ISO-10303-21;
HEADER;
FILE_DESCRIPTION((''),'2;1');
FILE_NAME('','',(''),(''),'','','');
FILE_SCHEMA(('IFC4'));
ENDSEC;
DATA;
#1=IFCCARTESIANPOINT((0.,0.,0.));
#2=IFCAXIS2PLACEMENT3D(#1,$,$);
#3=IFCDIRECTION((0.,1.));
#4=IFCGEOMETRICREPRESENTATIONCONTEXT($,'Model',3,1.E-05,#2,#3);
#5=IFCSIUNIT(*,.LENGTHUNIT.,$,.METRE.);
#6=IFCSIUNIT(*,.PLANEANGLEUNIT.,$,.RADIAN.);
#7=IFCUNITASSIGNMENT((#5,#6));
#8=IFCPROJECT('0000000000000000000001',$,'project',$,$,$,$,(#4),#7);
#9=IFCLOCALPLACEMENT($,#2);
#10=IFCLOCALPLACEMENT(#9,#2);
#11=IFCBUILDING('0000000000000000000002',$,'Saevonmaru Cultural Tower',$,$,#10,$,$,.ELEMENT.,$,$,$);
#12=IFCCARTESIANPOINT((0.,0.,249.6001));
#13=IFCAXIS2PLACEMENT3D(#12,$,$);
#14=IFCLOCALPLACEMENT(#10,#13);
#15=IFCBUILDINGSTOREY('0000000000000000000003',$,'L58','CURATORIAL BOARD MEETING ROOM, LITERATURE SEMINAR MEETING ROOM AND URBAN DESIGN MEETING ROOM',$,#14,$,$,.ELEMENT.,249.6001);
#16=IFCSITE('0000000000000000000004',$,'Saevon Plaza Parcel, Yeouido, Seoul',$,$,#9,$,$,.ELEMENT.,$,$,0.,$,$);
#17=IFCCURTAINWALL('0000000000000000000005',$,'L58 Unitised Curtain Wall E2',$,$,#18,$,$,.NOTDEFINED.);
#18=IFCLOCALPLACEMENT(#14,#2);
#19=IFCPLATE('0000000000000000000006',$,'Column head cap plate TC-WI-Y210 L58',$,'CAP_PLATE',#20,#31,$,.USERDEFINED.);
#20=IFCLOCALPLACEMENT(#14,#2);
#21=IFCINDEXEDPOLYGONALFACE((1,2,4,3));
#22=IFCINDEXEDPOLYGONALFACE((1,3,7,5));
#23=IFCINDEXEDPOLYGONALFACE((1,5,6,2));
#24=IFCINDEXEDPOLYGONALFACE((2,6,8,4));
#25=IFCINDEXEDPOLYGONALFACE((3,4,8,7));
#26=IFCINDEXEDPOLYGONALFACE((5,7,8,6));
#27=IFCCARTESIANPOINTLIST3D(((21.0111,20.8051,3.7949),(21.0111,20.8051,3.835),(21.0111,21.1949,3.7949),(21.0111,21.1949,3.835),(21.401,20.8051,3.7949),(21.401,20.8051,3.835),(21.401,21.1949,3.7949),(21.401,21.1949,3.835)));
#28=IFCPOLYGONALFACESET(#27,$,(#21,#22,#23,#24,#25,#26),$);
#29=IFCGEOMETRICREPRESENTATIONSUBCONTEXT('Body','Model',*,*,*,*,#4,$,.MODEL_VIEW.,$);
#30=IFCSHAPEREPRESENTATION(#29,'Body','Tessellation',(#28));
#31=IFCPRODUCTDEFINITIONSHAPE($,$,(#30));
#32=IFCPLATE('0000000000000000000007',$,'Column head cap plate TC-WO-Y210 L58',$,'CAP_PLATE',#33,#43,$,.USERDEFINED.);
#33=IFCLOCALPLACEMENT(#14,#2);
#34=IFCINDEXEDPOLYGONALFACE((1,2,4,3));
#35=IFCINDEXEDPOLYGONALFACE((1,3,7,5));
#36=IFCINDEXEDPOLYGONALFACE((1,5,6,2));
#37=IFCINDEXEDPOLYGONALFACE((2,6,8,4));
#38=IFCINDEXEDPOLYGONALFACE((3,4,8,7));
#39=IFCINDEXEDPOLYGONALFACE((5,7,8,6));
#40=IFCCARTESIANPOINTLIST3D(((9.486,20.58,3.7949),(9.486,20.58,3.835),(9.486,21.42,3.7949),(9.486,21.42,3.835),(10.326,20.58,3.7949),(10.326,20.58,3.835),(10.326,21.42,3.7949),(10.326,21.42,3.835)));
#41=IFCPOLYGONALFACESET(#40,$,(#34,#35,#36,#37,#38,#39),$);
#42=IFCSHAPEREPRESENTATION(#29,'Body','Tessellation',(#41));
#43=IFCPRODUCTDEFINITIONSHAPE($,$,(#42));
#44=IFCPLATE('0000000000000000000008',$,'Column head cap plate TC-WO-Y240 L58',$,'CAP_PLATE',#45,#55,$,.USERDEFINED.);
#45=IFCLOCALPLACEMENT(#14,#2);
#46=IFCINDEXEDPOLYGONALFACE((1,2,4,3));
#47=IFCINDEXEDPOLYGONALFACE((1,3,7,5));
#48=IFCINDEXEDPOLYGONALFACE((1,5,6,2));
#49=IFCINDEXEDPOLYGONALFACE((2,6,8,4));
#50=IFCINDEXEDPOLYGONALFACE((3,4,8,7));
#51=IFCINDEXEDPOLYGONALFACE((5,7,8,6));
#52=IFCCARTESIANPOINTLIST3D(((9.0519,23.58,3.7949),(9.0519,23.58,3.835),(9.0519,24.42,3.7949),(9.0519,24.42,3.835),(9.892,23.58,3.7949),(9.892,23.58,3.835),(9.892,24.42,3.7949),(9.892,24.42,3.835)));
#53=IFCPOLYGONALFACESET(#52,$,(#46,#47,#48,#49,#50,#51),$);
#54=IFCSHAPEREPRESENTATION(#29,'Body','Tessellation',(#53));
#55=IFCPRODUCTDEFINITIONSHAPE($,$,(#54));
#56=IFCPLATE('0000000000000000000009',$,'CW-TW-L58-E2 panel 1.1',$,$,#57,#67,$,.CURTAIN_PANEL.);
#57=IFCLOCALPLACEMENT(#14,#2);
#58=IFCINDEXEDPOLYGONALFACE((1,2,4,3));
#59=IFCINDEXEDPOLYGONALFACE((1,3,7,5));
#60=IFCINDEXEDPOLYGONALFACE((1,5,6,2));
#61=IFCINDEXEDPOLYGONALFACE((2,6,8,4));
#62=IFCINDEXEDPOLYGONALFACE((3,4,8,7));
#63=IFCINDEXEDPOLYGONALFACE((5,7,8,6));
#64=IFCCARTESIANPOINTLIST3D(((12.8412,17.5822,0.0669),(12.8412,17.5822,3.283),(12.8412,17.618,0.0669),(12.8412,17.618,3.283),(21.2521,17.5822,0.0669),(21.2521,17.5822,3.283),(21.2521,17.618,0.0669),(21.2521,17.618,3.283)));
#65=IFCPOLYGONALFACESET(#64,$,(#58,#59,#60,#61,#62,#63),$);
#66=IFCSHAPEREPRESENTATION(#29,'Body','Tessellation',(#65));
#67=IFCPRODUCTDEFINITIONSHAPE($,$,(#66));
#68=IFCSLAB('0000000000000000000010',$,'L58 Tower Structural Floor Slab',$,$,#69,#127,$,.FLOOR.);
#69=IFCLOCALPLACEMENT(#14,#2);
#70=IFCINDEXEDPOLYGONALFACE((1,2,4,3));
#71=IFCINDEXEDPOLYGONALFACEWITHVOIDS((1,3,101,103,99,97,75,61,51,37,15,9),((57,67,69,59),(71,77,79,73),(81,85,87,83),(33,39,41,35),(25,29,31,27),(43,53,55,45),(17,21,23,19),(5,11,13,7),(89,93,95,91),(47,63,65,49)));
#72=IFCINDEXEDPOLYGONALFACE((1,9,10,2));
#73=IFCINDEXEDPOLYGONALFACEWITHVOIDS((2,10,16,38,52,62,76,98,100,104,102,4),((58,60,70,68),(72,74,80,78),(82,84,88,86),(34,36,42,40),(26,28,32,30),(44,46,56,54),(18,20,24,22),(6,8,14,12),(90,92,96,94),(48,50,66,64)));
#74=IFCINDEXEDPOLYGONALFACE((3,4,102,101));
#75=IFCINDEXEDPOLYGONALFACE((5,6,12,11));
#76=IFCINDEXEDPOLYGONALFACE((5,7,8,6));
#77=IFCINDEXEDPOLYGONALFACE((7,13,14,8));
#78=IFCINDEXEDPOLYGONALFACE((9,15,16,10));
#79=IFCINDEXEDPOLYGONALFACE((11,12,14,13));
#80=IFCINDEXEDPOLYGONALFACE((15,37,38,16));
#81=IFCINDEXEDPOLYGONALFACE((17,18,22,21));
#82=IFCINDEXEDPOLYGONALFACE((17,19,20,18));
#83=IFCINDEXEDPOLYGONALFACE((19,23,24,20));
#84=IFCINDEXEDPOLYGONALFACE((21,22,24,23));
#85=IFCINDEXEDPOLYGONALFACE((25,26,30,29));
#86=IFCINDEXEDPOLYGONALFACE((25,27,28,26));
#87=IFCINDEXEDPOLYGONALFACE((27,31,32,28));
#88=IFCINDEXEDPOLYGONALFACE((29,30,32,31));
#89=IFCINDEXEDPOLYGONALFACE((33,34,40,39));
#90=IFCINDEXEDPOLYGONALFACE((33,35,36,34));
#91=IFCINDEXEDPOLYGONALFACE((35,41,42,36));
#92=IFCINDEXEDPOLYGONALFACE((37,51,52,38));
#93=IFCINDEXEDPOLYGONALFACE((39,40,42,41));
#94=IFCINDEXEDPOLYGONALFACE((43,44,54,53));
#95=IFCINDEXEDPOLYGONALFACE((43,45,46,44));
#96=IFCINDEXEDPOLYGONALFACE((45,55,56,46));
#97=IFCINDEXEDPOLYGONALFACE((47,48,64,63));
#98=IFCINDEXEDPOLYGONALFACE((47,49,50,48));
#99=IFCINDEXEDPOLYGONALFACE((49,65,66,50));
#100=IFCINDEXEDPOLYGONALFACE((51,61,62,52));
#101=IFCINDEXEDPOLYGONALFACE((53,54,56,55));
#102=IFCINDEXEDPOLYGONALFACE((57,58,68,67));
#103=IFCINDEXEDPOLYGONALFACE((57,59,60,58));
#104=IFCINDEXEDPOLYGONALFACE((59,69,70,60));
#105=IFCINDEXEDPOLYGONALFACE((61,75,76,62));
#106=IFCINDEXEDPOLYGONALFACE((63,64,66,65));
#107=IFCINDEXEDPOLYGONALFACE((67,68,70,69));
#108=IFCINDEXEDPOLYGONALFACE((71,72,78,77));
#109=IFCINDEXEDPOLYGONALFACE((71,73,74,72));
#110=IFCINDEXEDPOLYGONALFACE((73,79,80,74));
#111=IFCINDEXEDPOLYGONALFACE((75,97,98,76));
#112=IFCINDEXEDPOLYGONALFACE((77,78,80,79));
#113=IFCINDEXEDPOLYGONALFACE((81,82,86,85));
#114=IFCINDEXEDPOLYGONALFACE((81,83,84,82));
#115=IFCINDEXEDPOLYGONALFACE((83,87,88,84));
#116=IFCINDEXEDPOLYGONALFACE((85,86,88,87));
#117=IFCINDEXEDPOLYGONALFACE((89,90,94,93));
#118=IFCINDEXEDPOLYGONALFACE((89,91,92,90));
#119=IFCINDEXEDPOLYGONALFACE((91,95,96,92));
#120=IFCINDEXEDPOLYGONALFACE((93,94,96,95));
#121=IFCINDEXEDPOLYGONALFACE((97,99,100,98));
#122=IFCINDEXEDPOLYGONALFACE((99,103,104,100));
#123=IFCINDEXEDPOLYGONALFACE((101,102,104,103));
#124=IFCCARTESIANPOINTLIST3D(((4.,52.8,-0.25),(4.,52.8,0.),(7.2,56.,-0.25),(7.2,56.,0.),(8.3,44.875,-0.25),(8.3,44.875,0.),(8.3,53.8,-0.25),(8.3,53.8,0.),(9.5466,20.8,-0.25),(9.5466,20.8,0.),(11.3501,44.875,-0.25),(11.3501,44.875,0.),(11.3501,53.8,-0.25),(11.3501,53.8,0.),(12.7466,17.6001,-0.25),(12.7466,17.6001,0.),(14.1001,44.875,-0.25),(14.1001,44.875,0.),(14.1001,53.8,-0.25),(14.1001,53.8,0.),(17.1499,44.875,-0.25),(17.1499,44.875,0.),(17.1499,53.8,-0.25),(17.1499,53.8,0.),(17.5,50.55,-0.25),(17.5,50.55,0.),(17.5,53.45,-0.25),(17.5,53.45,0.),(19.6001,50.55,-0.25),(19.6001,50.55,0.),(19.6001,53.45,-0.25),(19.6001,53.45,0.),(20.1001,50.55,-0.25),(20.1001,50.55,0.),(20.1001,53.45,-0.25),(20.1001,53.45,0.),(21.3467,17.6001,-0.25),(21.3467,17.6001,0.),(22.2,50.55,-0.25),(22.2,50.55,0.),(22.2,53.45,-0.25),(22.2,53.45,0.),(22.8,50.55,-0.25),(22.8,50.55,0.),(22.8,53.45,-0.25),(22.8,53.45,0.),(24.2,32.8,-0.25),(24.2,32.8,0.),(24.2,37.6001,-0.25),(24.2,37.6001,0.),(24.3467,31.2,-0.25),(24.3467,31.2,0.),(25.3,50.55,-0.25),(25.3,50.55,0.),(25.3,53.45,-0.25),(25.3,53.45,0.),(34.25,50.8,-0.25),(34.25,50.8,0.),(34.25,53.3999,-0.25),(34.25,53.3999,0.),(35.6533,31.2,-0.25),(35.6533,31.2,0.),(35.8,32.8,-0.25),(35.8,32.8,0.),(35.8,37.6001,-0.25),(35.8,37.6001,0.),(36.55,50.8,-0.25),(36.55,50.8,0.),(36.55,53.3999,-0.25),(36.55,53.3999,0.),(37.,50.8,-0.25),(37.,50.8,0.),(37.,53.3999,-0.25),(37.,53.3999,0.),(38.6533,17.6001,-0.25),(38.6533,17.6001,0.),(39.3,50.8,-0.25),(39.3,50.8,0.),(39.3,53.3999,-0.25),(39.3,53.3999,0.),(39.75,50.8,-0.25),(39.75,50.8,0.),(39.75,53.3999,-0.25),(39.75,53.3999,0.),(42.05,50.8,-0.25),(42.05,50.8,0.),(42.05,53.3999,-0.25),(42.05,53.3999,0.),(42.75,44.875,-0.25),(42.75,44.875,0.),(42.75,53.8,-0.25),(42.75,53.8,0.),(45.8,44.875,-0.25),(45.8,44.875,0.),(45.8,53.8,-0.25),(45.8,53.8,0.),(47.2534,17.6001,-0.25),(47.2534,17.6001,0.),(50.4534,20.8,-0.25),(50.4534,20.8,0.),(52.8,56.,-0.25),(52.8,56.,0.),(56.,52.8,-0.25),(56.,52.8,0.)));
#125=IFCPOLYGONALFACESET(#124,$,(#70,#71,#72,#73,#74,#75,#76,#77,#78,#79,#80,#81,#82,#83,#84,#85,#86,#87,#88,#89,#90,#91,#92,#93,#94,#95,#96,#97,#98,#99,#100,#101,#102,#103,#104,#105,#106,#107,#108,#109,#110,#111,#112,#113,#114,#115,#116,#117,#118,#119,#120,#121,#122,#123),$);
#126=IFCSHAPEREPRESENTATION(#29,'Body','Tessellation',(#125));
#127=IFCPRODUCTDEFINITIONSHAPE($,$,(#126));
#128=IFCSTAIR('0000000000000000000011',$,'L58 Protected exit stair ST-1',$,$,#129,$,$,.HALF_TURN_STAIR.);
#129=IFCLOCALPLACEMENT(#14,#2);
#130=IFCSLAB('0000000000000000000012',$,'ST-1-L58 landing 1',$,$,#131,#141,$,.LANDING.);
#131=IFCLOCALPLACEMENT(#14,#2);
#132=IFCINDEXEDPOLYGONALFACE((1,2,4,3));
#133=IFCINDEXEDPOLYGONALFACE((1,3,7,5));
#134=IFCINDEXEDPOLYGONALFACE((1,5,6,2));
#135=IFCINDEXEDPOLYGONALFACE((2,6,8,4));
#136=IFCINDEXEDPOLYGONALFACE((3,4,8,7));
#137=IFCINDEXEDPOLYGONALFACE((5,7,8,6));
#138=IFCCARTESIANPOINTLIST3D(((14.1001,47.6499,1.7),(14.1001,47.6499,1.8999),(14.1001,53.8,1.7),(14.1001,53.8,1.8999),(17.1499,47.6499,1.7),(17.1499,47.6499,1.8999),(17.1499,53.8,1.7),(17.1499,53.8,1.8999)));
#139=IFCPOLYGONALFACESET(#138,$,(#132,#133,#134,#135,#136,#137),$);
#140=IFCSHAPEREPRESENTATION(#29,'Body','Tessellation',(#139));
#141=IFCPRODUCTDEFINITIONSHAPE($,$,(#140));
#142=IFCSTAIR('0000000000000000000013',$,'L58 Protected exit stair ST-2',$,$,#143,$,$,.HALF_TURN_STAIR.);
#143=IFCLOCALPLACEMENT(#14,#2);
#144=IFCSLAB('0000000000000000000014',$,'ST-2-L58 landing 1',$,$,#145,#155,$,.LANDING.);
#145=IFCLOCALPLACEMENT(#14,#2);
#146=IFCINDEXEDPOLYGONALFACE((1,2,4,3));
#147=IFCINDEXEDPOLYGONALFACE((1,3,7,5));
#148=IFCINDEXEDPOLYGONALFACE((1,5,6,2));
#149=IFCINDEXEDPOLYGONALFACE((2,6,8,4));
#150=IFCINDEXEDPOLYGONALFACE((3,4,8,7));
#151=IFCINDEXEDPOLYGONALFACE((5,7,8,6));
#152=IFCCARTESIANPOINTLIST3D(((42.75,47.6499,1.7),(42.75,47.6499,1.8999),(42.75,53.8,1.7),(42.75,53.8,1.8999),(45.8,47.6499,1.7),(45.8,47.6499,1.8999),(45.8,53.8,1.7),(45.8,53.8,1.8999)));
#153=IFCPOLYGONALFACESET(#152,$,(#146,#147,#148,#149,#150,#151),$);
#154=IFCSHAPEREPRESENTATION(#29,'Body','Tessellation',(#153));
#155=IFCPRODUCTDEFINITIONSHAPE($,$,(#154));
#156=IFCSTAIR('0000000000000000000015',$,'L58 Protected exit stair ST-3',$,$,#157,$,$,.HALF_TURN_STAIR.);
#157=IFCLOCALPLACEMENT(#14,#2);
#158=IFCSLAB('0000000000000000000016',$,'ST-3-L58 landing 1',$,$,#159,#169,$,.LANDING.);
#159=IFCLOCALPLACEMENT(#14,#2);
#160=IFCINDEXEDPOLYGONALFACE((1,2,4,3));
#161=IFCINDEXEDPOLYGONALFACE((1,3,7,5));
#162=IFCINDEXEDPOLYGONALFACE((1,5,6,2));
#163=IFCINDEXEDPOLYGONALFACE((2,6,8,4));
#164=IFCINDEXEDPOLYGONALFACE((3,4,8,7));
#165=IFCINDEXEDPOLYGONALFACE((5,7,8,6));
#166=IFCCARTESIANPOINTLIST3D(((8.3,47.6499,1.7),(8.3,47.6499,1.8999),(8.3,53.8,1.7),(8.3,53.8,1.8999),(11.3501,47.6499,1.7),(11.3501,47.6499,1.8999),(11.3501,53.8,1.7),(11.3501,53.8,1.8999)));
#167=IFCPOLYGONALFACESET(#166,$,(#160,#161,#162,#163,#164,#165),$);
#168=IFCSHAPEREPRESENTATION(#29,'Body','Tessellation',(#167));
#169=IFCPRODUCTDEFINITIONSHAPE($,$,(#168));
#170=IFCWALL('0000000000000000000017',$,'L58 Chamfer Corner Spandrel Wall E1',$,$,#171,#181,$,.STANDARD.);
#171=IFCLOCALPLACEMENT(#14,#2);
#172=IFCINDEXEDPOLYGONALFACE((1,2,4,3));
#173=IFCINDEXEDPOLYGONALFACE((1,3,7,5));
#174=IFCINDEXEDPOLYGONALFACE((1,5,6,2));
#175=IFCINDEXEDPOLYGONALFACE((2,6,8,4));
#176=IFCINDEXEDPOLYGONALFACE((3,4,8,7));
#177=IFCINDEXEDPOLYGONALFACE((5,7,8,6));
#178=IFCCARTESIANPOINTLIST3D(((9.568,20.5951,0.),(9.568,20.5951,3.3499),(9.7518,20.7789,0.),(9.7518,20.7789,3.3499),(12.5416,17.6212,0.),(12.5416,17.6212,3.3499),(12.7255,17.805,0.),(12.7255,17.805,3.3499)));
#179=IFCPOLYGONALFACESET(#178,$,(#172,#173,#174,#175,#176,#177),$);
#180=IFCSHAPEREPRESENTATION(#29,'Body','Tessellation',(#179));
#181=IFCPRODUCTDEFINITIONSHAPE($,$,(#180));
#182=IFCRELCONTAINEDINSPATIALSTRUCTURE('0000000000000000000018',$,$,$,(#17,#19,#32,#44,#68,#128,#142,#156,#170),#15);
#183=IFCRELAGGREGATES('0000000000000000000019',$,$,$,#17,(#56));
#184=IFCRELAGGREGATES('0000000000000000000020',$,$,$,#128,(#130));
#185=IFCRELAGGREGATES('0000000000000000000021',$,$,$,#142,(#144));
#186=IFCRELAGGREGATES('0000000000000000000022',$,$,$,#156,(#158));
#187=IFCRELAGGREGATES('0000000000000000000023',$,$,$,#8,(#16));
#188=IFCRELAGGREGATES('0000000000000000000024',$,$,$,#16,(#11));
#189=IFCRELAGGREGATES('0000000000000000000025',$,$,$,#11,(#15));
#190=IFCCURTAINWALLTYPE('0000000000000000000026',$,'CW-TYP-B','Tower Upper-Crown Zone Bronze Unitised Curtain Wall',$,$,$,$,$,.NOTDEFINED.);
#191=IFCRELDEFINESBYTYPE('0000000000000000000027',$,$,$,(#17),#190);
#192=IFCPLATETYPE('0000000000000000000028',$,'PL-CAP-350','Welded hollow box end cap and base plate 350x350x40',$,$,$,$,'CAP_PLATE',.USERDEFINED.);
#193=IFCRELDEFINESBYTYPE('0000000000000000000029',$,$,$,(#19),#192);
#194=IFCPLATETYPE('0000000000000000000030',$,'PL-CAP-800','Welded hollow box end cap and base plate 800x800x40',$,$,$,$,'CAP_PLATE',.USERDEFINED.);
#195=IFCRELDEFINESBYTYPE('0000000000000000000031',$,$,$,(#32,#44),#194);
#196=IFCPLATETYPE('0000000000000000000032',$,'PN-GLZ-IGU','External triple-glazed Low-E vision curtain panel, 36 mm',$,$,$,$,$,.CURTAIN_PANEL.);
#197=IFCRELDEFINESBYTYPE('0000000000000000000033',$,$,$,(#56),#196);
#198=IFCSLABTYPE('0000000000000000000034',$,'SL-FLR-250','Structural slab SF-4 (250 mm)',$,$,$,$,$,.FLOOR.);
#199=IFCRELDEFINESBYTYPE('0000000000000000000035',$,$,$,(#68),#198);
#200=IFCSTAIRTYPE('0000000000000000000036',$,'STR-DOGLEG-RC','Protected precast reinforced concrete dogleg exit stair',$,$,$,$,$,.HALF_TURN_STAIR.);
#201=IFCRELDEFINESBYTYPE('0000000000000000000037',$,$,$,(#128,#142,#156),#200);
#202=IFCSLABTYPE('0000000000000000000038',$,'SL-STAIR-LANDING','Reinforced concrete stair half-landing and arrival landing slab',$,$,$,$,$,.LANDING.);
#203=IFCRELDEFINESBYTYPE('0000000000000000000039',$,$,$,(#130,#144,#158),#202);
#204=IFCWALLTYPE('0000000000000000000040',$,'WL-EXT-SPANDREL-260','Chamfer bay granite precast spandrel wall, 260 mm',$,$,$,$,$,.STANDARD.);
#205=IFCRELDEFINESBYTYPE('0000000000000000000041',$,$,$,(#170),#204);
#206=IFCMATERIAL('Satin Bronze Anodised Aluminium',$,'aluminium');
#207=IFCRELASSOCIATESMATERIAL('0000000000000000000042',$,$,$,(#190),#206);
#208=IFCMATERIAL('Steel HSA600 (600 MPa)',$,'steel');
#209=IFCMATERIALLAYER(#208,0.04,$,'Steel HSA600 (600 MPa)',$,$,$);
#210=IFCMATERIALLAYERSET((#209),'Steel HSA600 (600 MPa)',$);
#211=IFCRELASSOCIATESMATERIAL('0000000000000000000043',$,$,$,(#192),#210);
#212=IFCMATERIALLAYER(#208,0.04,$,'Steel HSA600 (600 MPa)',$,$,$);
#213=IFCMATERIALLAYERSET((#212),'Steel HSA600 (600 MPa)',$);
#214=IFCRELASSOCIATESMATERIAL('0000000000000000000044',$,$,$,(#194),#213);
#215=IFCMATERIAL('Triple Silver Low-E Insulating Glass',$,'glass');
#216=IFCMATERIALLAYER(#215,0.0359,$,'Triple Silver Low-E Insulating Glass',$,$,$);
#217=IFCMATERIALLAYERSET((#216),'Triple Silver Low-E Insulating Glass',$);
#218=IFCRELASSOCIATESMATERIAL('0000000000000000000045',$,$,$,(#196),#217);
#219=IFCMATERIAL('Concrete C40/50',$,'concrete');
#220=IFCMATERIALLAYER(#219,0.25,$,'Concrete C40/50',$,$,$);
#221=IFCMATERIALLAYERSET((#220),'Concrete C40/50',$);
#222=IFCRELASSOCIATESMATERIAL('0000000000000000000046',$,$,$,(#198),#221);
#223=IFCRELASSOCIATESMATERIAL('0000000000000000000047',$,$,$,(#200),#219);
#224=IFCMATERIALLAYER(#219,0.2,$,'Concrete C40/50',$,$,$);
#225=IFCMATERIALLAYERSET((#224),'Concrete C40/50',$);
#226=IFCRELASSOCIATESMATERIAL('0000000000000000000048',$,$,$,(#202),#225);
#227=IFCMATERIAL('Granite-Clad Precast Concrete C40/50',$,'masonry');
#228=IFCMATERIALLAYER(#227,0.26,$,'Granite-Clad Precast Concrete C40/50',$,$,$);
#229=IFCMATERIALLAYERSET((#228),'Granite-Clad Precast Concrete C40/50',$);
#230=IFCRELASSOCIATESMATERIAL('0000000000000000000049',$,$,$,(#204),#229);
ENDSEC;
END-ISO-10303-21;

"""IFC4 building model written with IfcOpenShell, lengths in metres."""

from ifc_helpers import new_model, si_unit, direction, frame, frame_2d, origin, origin_2d, place, context, subcontext, project, spatial, polyline, rectangle, outline, extrude, material, layer, layer_set, type_object, element, aggregate, save


model = new_model("IFC4")

# Units and contexts
model_context = context("Model", 3, precision=1e-05, world=origin(), true_north=direction((0.0, 1.0)))
body_context = subcontext(model_context, "Body", "Model", "MODEL_VIEW")
ifc_project = project(units=[si_unit("LENGTHUNIT", "METRE"), si_unit("PLANEANGLEUNIT", "RADIAN")], contexts=[model_context])

# Site, building, storey
site_placement = place(None, origin())
site = spatial("IfcSite", under=ifc_project, at=site_placement, Name="Saevon Plaza Parcel, Yeouido, Seoul", CompositionType="ELEMENT", RefElevation=0.0)
building_placement = place(site_placement, origin())
building = spatial("IfcBuilding", under=site, at=building_placement, Name="Saevonmaru Cultural Tower", CompositionType="ELEMENT")
storey_placement = place(building_placement, frame((0.0, 0.0, 249.6001)))
storey = spatial("IfcBuildingStorey", under=building, at=storey_placement, Name="L58", Description="CURATORIAL BOARD MEETING ROOM, LITERATURE SEMINAR MEETING ROOM AND URBAN DESIGN MEETING ROOM", CompositionType="ELEMENT", Elevation=249.6001)

# Shared definitions
ifc_material_1 = material(Name="Steel HSA600 (600 MPa)", Category="steel")

# Curtain wall
ifc_material_2 = material(Name="Satin Bronze Anodised Aluminium", Category="aluminium")
curtain_wall_type = type_object("IfcCurtainWallType", Name="CW-TYP-B", Description="Tower Upper-Crown Zone Bronze Unitised Curtain Wall", PredefinedType="NOTDEFINED", material=ifc_material_2)
curtain_wall_1_placement = place(storey_placement, origin())
curtain_wall_1 = element("IfcCurtainWall", 1, at=curtain_wall_1_placement, inside=storey, type_object=curtain_wall_type, Name="L58 Unitised Curtain Wall E2", PredefinedType="NOTDEFINED")

# Plates
ifc_layer_1 = layer(ifc_material_1, 0.04, Name="Steel HSA600 (600 MPa)")
ifc_layer_set_1 = layer_set([ifc_layer_1], Name="Steel HSA600 (600 MPa)")
plate_type_1 = type_object("IfcPlateType", Name="PL-CAP-350", Description="Welded hollow box end cap and base plate 350x350x40", ElementType="CAP_PLATE", PredefinedType="USERDEFINED", material=ifc_layer_set_1)
plate_1_placement = place(storey_placement, frame((21.2061, 21.0, 3.7949), z_axis=(0.0, 0.0, 1.0), x_axis=(1.0, 0.0, 0.0)))
element("IfcPlate", 2, at=plate_1_placement, inside=storey, type_object=plate_type_1, Name="Column head cap plate TC-WI-Y210 L58", ObjectType="CAP_PLATE", PredefinedType="USERDEFINED", context=body_context, shape_type="SweptSolid", body=[
    extrude(rectangle(XDim=0.3899, YDim=0.3899, at=origin_2d()), origin(), (0.0, 0.0, 1.0), 0.04),
])
ifc_layer_2 = layer(ifc_material_1, 0.04, Name="Steel HSA600 (600 MPa)")
ifc_layer_set_2 = layer_set([ifc_layer_2], Name="Steel HSA600 (600 MPa)")
plate_type_2 = type_object("IfcPlateType", Name="PL-CAP-800", Description="Welded hollow box end cap and base plate 800x800x40", ElementType="CAP_PLATE", PredefinedType="USERDEFINED", material=ifc_layer_set_2)
for number, where, z_axis, x_axis, name in (
    (3, (9.906, 21.0, 3.7949), (0.0, 0.0, 1.0), (1.0, 0.0, 0.0), "Column head cap plate TC-WO-Y210 L58"),
    (4, (9.4719, 24.0, 3.7949), (0.0, 0.0, 1.0), (1.0, 0.0, 0.0), "Column head cap plate TC-WO-Y240 L58"),
):
    element("IfcPlate", number, at=place(storey_placement, frame(where, z_axis=z_axis, x_axis=x_axis)), inside=storey, type_object=plate_type_2, Name=name, ObjectType="CAP_PLATE", PredefinedType="USERDEFINED", context=body_context, shape_type="SweptSolid", body=[
        extrude(rectangle(XDim=0.8401, YDim=0.8401, at=origin_2d()), origin(), (0.0, 0.0, 1.0), 0.04),
    ])

# Plate
ifc_material_3 = material(Name="Triple Silver Low-E Insulating Glass", Category="glass")
ifc_layer_3 = layer(ifc_material_3, 0.0359, Name="Triple Silver Low-E Insulating Glass")
ifc_layer_set_3 = layer_set([ifc_layer_3], Name="Triple Silver Low-E Insulating Glass")
plate_type_3 = type_object("IfcPlateType", Name="PN-GLZ-IGU", Description="External triple-glazed Low-E vision curtain panel, 36 mm", PredefinedType="CURTAIN_PANEL", material=ifc_layer_set_3)
plate_2_placement = place(storey_placement, frame((17.0466, 17.6001, 0.0669), z_axis=(0.0, 0.0, 1.0), x_axis=(1.0, 0.0, 0.0)))
plate_2 = element("IfcPlate", 5, at=plate_2_placement, type_object=plate_type_3, Name="CW-TW-L58-E2 panel 1.1", PredefinedType="CURTAIN_PANEL", context=body_context, shape_type="SweptSolid", body=[
    extrude(rectangle(XDim=8.4109, YDim=0.0359, at=origin_2d()), origin(), (0.0, 0.0, 1.0), 3.2161),
])
aggregate(curtain_wall_1, [plate_2])

# Slab
ifc_material_4 = material(Name="Concrete C40/50", Category="concrete")
ifc_layer_4 = layer(ifc_material_4, 0.25, Name="Concrete C40/50")
ifc_layer_set_4 = layer_set([ifc_layer_4], Name="Concrete C40/50")
slab_type_1 = type_object("IfcSlabType", Name="SL-FLR-250", Description="Structural slab SF-4 (250 mm)", PredefinedType="FLOOR", material=ifc_layer_set_4)
slab_1_placement = place(storey_placement, frame((0.0, 0.0, -0.25)))
element("IfcSlab", 6, at=slab_1_placement, inside=storey, type_object=slab_type_1, Name="L58 Tower Structural Floor Slab", PredefinedType="FLOOR", context=body_context, shape_type="SweptSolid", body=[
    extrude(outline(polyline([(9.5466, 20.8), (12.7466, 17.6001), (21.3467, 17.6001), (24.3467, 31.2), (35.6533, 31.2), (38.6533, 17.6001), (47.2534, 17.6001), (50.4534, 20.8), (56.0, 52.8), (52.8, 56.0), (7.2, 56.0), (4.0, 52.8), (9.5466, 20.8)]), holes=[polyline([(45.8, 44.875), (42.75, 44.875), (42.75, 53.8), (45.8, 53.8), (45.8, 44.875)]), polyline([(39.75, 50.8), (39.75, 53.3999), (42.05, 53.3999), (42.05, 50.8), (39.75, 50.8)]), polyline([(37.0, 50.8), (37.0, 53.3999), (39.3, 53.3999), (39.3, 50.8), (37.0, 50.8)]), polyline([(36.55, 50.8), (34.25, 50.8), (34.25, 53.3999), (36.55, 53.3999), (36.55, 50.8)]), polyline([(35.8, 32.8), (24.2, 32.8), (24.2, 37.6001), (35.8, 37.6001), (35.8, 32.8)]), polyline([(25.3, 50.55), (22.8, 50.55), (22.8, 53.45), (25.3, 53.45), (25.3, 50.55)]), polyline([(22.2, 50.55), (20.1001, 50.55), (20.1001, 53.45), (22.2, 53.45), (22.2, 50.55)]), polyline([(17.5, 50.55), (17.5, 53.45), (19.6001, 53.45), (19.6001, 50.55), (17.5, 50.55)]), polyline([(17.1499, 53.8), (17.1499, 44.875), (14.1001, 44.875), (14.1001, 53.8), (17.1499, 53.8)]), polyline([(11.3501, 53.8), (11.3501, 44.875), (8.3, 44.875), (8.3, 53.8), (11.3501, 53.8)])]), origin(), (0.0, 0.0, 1.0), 0.25),
])

# Stairs, slabs
stair_type = type_object("IfcStairType", Name="STR-DOGLEG-RC", Description="Protected precast reinforced concrete dogleg exit stair", PredefinedType="HALF_TURN_STAIR", material=ifc_material_4)
stair_1_placement = place(storey_placement, origin())
stair_1 = element("IfcStair", 7, at=stair_1_placement, inside=storey, type_object=stair_type, Name="L58 Protected exit stair ST-1", PredefinedType="HALF_TURN_STAIR")
ifc_layer_5 = layer(ifc_material_4, 0.2, Name="Concrete C40/50")
ifc_layer_set_5 = layer_set([ifc_layer_5], Name="Concrete C40/50")
slab_type_2 = type_object("IfcSlabType", Name="SL-STAIR-LANDING", Description="Reinforced concrete stair half-landing and arrival landing slab", PredefinedType="LANDING", material=ifc_layer_set_5)
slab_2_placement = place(storey_placement, frame((0.0, 0.0, 1.7)))
slab_2 = element("IfcSlab", 8, at=slab_2_placement, type_object=slab_type_2, Name="ST-1-L58 landing 1", PredefinedType="LANDING", context=body_context, shape_type="SweptSolid", body=[
    extrude(outline(polyline([(17.1499, 47.6499), (17.1499, 53.8), (14.1001, 53.8), (14.1001, 47.6499), (17.1499, 47.6499)])), origin(), (0.0, 0.0, 1.0), 0.2),
])
aggregate(stair_1, [slab_2])
stair_2_placement = place(storey_placement, origin())
stair_2 = element("IfcStair", 9, at=stair_2_placement, inside=storey, type_object=stair_type, Name="L58 Protected exit stair ST-2", PredefinedType="HALF_TURN_STAIR")
slab_3_placement = place(storey_placement, frame((0.0, 0.0, 1.7)))
slab_3 = element("IfcSlab", 10, at=slab_3_placement, type_object=slab_type_2, Name="ST-2-L58 landing 1", PredefinedType="LANDING", context=body_context, shape_type="SweptSolid", body=[
    extrude(outline(polyline([(45.8, 47.6499), (45.8, 53.8), (42.75, 53.8), (42.75, 47.6499), (45.8, 47.6499)])), origin(), (0.0, 0.0, 1.0), 0.2),
])
aggregate(stair_2, [slab_3])
stair_3_placement = place(storey_placement, origin())
stair_3 = element("IfcStair", 11, at=stair_3_placement, inside=storey, type_object=stair_type, Name="L58 Protected exit stair ST-3", PredefinedType="HALF_TURN_STAIR")
slab_4_placement = place(storey_placement, frame((0.0, 0.0, 1.7)))
slab_4 = element("IfcSlab", 12, at=slab_4_placement, type_object=slab_type_2, Name="ST-3-L58 landing 1", PredefinedType="LANDING", context=body_context, shape_type="SweptSolid", body=[
    extrude(outline(polyline([(11.3501, 47.6499), (11.3501, 53.8), (8.3, 53.8), (8.3, 47.6499), (11.3501, 47.6499)])), origin(), (0.0, 0.0, 1.0), 0.2),
])
aggregate(stair_3, [slab_4])

# Wall
ifc_material_5 = material(Name="Granite-Clad Precast Concrete C40/50", Category="masonry")
ifc_layer_6 = layer(ifc_material_5, 0.26, Name="Granite-Clad Precast Concrete C40/50")
ifc_layer_set_6 = layer_set([ifc_layer_6], Name="Granite-Clad Precast Concrete C40/50")
wall_type_1 = type_object("IfcWallType", Name="WL-EXT-SPANDREL-260", Description="Chamfer bay granite precast spandrel wall, 260 mm", PredefinedType="STANDARD", material=ifc_layer_set_6)
wall_placement = place(storey_placement, frame((9.6599, 20.687, 0.0), z_axis=(0.0, 0.0, 1.0), x_axis=(0.707078, -0.707136, 0.0)))
element("IfcWall", 13, at=wall_placement, inside=storey, type_object=wall_type_1, Name="L58 Chamfer Corner Spandrel Wall E1", PredefinedType="STANDARD", context=body_context, shape_type="SweptSolid", body=[
    extrude(rectangle(XDim=4.2056, YDim=0.26, at=frame_2d((2.1028, 0.0))), origin(), (0.0, 0.0, 1.0), 3.3499),
])

save(model, "model.ifc")
